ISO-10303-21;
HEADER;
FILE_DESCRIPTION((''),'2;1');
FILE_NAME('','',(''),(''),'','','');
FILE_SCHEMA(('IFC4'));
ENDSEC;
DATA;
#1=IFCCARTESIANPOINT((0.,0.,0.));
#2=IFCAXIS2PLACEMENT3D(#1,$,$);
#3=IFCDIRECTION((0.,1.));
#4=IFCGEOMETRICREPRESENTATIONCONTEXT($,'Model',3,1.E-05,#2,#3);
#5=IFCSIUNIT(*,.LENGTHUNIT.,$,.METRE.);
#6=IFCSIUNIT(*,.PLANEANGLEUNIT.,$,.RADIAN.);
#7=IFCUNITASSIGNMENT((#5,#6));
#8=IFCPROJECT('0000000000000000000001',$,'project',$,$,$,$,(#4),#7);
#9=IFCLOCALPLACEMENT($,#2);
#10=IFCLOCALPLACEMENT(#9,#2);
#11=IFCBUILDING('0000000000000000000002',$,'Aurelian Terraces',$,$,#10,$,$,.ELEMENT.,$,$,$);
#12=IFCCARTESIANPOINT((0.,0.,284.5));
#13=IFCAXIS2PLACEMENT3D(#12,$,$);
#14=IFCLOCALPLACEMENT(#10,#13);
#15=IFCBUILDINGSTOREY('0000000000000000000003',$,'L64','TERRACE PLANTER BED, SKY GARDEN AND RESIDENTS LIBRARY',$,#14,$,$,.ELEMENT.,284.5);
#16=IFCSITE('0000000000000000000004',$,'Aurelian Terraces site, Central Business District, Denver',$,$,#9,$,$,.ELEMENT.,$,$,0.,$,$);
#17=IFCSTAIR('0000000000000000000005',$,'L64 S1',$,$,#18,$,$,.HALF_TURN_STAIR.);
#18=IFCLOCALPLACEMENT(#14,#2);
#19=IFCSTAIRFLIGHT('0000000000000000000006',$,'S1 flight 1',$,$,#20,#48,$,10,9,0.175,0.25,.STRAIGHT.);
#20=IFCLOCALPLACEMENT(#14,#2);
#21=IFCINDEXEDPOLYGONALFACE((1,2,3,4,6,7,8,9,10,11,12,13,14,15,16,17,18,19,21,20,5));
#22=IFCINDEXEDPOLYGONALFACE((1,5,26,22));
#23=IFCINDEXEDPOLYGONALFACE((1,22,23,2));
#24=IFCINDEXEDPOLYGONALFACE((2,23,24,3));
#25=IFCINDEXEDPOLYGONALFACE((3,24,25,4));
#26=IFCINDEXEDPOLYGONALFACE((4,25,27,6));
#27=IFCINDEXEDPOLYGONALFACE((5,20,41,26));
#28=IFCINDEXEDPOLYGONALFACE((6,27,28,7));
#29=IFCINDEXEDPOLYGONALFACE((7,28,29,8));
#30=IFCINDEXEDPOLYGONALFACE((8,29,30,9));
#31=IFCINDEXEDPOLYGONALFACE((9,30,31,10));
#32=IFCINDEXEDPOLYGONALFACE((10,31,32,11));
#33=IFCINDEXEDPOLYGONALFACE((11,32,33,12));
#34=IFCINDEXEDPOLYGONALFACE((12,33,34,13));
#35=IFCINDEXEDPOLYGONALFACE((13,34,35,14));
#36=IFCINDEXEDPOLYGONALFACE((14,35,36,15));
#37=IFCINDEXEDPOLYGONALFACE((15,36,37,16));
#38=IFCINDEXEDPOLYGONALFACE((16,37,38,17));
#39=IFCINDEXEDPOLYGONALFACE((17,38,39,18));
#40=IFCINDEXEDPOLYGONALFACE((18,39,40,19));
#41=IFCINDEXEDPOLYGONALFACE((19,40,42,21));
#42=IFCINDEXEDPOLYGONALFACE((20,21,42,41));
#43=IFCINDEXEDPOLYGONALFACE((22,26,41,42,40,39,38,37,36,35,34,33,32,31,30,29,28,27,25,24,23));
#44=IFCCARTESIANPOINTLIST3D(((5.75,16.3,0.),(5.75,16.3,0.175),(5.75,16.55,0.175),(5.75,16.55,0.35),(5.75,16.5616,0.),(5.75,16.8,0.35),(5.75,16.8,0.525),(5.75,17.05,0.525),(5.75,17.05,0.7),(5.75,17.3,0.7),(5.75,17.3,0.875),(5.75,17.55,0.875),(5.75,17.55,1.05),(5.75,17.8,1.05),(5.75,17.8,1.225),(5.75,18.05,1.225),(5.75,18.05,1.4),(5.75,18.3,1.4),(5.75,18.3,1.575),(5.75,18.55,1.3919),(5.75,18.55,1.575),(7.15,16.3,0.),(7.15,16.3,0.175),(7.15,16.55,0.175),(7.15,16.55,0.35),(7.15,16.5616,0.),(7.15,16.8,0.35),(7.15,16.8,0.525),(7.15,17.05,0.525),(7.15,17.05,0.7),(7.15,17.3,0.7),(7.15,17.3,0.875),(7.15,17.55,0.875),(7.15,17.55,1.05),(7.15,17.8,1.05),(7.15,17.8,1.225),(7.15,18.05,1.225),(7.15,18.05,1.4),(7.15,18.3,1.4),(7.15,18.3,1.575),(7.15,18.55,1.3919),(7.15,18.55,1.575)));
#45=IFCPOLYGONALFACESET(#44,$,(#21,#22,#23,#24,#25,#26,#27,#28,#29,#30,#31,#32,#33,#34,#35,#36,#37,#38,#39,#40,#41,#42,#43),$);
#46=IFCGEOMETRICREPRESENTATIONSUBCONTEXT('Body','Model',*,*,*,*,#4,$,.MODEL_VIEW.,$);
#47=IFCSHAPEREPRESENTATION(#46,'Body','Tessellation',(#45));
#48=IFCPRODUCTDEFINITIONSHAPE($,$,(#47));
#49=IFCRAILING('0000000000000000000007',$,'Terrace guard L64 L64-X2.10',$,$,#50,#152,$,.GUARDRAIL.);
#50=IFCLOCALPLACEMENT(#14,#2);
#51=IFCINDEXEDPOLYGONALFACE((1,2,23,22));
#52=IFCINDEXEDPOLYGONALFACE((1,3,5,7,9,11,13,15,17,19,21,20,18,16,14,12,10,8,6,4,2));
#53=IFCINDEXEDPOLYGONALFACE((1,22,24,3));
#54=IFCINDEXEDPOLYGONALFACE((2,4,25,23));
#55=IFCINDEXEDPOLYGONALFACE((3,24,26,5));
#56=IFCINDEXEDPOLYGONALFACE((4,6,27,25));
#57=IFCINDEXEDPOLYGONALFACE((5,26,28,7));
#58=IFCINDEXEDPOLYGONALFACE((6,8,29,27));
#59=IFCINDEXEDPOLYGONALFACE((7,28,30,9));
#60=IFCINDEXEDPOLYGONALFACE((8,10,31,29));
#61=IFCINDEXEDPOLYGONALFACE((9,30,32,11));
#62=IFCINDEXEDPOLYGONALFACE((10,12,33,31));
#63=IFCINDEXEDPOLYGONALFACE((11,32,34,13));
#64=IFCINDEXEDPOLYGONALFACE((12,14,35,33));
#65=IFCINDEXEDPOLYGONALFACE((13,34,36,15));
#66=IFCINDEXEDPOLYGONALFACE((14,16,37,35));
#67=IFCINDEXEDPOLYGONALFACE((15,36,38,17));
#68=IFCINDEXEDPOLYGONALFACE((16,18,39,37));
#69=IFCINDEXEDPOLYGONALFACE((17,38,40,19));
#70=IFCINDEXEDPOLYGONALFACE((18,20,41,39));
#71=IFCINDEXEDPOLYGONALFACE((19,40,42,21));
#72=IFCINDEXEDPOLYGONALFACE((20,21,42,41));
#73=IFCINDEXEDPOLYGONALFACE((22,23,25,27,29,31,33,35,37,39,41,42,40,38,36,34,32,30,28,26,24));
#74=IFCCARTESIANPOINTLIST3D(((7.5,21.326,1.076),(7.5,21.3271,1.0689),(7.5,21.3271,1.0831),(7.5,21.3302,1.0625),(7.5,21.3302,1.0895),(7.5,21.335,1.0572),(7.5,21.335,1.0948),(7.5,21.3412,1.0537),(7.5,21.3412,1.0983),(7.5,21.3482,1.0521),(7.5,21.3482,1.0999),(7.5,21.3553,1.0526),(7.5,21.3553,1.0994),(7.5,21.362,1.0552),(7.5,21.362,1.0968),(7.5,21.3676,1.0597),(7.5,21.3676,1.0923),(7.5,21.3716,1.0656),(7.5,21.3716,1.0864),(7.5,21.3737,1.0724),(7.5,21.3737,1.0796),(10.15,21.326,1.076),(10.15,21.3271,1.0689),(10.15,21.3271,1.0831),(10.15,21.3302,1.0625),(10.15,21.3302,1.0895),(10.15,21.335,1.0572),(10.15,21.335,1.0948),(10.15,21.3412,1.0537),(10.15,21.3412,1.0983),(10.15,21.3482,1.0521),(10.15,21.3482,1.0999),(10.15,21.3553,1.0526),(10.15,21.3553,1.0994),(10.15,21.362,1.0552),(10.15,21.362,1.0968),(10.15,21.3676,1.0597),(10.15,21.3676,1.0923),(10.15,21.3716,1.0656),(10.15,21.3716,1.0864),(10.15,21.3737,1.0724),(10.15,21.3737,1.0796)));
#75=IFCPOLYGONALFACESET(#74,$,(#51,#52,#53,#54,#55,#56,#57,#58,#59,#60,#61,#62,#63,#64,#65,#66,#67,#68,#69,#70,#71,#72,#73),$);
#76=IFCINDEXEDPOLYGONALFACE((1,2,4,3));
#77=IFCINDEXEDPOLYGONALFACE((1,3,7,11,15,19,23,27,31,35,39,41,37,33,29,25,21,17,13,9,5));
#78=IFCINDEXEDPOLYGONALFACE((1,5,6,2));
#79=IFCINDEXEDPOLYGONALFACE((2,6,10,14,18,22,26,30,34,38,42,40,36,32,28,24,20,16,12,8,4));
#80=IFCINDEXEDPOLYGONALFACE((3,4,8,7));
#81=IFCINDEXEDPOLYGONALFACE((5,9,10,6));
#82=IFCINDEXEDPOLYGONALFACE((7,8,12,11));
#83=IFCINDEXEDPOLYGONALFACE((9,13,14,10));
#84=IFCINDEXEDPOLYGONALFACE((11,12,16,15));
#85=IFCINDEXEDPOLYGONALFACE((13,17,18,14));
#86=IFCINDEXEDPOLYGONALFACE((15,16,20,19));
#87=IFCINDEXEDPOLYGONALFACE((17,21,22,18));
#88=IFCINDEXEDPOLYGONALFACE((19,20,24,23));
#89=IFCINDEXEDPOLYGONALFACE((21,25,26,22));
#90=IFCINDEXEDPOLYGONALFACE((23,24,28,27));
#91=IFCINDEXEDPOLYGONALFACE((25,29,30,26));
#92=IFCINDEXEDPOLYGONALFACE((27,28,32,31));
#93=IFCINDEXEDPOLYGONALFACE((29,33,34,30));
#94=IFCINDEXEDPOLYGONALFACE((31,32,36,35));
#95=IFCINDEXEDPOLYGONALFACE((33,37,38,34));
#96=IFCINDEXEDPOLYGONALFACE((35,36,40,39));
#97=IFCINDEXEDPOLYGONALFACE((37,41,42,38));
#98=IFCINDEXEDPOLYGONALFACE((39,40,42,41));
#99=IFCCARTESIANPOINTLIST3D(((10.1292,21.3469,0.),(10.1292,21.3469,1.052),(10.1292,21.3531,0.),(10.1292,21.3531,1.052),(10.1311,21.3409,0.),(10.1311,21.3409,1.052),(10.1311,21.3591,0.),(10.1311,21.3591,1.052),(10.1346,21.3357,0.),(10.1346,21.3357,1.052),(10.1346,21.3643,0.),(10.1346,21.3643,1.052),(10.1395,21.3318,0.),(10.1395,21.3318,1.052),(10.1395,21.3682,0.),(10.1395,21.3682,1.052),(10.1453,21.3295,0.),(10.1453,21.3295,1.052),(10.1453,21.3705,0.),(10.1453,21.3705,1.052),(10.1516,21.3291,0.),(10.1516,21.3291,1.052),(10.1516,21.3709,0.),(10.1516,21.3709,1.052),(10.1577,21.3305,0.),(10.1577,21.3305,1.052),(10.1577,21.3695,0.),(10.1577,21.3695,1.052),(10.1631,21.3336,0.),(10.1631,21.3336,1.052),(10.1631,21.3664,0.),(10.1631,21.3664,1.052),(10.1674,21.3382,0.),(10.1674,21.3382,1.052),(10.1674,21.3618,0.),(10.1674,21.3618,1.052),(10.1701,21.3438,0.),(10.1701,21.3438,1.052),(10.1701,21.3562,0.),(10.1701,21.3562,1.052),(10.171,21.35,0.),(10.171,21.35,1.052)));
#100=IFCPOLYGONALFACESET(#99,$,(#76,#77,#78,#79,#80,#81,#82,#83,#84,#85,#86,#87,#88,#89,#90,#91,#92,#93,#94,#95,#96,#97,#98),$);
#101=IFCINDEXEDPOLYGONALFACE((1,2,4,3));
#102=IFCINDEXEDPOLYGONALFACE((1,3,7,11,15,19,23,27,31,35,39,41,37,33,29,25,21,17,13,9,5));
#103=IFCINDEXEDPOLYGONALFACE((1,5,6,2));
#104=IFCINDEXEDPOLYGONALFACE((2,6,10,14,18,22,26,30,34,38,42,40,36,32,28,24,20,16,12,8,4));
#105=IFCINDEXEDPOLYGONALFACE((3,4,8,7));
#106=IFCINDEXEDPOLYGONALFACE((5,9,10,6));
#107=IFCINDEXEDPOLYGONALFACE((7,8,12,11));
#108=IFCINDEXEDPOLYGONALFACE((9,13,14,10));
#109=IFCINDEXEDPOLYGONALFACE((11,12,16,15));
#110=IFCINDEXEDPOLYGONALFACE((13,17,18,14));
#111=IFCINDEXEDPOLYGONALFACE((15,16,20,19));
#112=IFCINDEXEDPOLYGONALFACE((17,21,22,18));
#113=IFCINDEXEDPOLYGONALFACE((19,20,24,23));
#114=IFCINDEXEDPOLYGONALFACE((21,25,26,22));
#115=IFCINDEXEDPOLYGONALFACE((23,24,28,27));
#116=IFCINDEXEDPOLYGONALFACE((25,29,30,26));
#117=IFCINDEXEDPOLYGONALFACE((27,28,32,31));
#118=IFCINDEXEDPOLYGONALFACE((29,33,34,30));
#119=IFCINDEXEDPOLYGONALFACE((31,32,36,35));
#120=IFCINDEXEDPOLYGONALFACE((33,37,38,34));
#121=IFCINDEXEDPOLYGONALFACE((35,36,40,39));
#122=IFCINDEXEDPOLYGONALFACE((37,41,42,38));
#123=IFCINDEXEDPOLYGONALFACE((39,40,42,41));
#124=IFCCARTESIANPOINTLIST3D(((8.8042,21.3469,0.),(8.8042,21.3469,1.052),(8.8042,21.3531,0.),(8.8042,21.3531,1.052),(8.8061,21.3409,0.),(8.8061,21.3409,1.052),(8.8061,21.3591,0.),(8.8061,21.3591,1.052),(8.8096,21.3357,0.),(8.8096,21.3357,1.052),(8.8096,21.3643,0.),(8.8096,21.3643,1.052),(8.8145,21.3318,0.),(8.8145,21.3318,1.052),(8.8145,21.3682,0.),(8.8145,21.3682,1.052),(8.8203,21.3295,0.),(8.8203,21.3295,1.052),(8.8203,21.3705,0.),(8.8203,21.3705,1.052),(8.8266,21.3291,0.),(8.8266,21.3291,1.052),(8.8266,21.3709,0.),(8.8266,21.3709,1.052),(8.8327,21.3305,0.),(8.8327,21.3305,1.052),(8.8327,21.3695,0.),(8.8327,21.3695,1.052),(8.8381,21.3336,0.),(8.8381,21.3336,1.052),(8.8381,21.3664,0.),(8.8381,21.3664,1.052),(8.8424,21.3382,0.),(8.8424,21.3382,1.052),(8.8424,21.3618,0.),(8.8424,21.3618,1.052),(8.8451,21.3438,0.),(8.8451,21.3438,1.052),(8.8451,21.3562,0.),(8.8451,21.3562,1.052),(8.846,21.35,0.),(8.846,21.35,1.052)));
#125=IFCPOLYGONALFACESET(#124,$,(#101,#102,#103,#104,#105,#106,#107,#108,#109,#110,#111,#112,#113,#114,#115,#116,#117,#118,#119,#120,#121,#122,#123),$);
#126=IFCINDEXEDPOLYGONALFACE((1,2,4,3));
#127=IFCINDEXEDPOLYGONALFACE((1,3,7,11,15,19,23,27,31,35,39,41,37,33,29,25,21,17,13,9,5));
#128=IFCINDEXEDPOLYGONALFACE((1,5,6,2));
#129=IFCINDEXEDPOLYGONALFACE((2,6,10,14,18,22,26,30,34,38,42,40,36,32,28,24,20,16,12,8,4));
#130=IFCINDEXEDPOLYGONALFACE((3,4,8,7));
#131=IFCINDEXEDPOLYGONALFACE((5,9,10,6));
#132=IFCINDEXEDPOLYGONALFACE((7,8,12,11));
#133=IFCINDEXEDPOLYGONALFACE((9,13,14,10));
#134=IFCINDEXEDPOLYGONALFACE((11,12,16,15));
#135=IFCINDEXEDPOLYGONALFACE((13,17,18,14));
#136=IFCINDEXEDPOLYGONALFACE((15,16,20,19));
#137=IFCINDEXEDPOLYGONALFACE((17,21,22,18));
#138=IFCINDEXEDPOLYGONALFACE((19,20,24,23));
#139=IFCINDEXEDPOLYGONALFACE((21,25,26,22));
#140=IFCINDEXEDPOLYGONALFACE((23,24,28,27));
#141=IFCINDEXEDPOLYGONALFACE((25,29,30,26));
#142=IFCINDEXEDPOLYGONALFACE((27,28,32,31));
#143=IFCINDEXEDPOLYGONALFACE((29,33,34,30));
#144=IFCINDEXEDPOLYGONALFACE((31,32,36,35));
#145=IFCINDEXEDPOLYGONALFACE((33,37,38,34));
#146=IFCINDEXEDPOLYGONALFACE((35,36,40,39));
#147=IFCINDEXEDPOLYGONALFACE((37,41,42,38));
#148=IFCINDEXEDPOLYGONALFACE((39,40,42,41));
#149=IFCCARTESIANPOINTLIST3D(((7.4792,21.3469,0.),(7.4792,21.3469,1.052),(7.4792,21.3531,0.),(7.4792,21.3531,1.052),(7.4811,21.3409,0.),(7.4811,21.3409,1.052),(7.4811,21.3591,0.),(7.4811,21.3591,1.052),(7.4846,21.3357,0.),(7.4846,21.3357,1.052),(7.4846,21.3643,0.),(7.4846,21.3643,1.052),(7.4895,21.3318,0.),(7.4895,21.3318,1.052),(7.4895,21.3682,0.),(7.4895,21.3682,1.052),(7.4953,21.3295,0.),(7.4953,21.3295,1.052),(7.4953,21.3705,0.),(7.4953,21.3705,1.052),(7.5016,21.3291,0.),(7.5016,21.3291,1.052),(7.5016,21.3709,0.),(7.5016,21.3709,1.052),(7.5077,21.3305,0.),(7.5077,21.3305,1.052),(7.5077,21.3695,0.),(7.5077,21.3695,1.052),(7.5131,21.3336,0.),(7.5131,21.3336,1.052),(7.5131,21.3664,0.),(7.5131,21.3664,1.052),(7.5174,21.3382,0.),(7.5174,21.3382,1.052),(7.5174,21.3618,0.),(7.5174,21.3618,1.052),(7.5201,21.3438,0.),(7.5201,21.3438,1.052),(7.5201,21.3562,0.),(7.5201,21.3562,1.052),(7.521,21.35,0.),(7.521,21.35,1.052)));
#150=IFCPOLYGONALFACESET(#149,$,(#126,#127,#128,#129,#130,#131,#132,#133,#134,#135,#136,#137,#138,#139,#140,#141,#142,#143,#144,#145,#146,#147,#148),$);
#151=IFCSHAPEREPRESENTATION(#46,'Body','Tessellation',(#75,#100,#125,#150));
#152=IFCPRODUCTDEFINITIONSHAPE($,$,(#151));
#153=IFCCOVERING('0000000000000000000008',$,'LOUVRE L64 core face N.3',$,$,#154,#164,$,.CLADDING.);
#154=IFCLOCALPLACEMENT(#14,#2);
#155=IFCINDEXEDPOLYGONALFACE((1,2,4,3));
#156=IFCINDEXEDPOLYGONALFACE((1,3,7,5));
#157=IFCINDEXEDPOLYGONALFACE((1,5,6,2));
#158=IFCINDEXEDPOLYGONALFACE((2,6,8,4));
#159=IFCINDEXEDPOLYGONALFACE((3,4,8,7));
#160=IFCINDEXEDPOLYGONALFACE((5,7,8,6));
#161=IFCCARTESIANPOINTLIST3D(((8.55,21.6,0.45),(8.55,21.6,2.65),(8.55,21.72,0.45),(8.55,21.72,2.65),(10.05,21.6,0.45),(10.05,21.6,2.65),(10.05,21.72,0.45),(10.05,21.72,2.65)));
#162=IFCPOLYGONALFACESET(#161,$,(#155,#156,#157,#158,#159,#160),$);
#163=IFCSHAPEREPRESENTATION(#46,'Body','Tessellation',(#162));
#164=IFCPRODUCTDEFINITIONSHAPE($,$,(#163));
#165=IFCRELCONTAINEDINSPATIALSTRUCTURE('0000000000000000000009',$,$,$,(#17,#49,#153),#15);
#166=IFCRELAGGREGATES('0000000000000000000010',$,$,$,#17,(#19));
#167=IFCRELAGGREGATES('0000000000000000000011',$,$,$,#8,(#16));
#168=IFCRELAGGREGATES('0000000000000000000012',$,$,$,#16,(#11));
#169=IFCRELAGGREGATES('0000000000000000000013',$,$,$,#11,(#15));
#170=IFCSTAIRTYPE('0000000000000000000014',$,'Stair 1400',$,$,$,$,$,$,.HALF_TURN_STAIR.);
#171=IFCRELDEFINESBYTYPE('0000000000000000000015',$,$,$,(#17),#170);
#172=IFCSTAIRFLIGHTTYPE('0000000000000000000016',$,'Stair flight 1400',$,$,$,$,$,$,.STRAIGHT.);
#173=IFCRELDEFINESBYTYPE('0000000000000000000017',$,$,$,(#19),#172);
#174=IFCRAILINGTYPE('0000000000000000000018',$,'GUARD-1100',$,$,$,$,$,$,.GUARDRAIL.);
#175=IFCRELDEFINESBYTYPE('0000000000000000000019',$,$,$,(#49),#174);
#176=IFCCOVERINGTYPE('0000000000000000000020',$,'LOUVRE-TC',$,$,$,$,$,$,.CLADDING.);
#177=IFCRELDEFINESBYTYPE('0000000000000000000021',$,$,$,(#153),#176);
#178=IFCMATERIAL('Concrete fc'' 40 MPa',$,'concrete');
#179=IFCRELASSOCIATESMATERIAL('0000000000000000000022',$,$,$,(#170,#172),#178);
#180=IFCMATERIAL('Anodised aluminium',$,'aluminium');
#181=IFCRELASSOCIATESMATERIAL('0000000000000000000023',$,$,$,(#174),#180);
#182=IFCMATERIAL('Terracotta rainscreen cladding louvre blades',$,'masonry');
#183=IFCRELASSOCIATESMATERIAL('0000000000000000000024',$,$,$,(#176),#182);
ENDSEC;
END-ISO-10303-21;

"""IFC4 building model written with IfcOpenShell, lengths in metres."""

from ifc_helpers import new_model, si_unit, direction, frame, origin, origin_2d, place, context, subcontext, project, spatial, polyline, rectangle, circle, outline, extrude, material, type_object, element, aggregate, save


model = new_model("IFC4")

# Units and contexts
model_context = context("Model", 3, precision=1e-05, world=origin(), true_north=direction((0.0, 1.0)))
body_context = subcontext(model_context, "Body", "Model", "MODEL_VIEW")
ifc_project = project(units=[si_unit("LENGTHUNIT", "METRE"), si_unit("PLANEANGLEUNIT", "RADIAN")], contexts=[model_context])

# Site, building, storey
site_placement = place(None, origin())
site = spatial("IfcSite", under=ifc_project, at=site_placement, Name="Aurelian Terraces site, Central Business District, Denver", CompositionType="ELEMENT", RefElevation=0.0)
building_placement = place(site_placement, origin())
building = spatial("IfcBuilding", under=site, at=building_placement, Name="Aurelian Terraces", CompositionType="ELEMENT")
storey_placement = place(building_placement, frame((0.0, 0.0, 284.5)))
storey = spatial("IfcBuildingStorey", under=building, at=storey_placement, Name="L64", Description="TERRACE PLANTER BED, SKY GARDEN AND RESIDENTS LIBRARY", CompositionType="ELEMENT", Elevation=284.5)

# Shared definitions
ifc_material_1 = material(Name="Concrete fc' 40 MPa", Category="concrete")

# Stair, stair flight
stair_type = type_object("IfcStairType", Name="Stair 1400", PredefinedType="HALF_TURN_STAIR", material=ifc_material_1)
stair_placement = place(storey_placement, origin())
stair = element("IfcStair", 1, at=stair_placement, inside=storey, type_object=stair_type, Name="L64 S1", PredefinedType="HALF_TURN_STAIR")
stair_flight_type = type_object("IfcStairFlightType", Name="Stair flight 1400", PredefinedType="STRAIGHT", material=ifc_material_1)
stair_flight_placement = place(storey_placement, frame((6.45, 16.3, 0.0), z_axis=(0.0, 0.0, 1.0), x_axis=(0.0, 1.0, 0.0)))
stair_flight = element("IfcStairFlight", 2, at=stair_flight_placement, type_object=stair_flight_type, Name="S1 flight 1", NumberOfRisers=10, NumberOfTreads=9, PredefinedType="STRAIGHT", RiserHeight=0.175, TreadLength=0.25, context=body_context, shape_type="SweptSolid", body=[
    extrude(outline(polyline([(0.0, 0.0), (0.0, 0.175), (0.25, 0.175), (0.25, 0.35), (0.5, 0.35), (0.5, 0.525), (0.75, 0.525), (0.75, 0.7), (1.0, 0.7), (1.0, 0.875), (1.25, 0.875), (1.25, 1.05), (1.5, 1.05), (1.5, 1.225), (1.75, 1.225), (1.75, 1.4), (2.0, 1.4), (2.0, 1.575), (2.25, 1.575), (2.25, 1.75), (2.25, 1.3919), (0.2616, 0.0), (0.0, 0.0)])), frame((0.0, 0.7, 0.0), z_axis=(0.0, -1.0, 0.0), x_axis=(1.0, 0.0, 0.0)), (0.0, 0.0, 1.0), 1.4),
])
aggregate(stair, [stair_flight])

# Railing
ifc_material_2 = material(Name="Anodised aluminium", Category="aluminium")
railing_type_1 = type_object("IfcRailingType", Name="GUARD-1100", PredefinedType="GUARDRAIL", material=ifc_material_2)
railing_1_placement = place(storey_placement, frame((10.15, 21.35, 0.0)))
element("IfcRailing", 3, at=railing_1_placement, inside=storey, type_object=railing_type_1, Name="Terrace guard L64 L64-X2.10", PredefinedType="GUARDRAIL", context=body_context, shape_type="SweptSolid", body=[
    extrude(circle(Radius=0.024, at=origin_2d()), frame((0.0, 0.0, 1.076), z_axis=(-1.0, 0.0, 0.0), x_axis=(0.0, -1.0, 0.0)), (0.0, 0.0, 1.0), 2.65),
    extrude(circle(Radius=0.021, at=origin_2d()), origin(), (0.0, 0.0, 1.0), 1.052),
    extrude(circle(Radius=0.021, at=origin_2d()), frame((-1.325, 0.0, 0.0)), (0.0, 0.0, 1.0), 1.052),
    extrude(circle(Radius=0.021, at=origin_2d()), frame((-2.65, 0.0, 0.0)), (0.0, 0.0, 1.0), 1.052),
])

# Covering
ifc_material_3 = material(Name="Terracotta rainscreen cladding louvre blades", Category="masonry")
covering_type = type_object("IfcCoveringType", Name="LOUVRE-TC", PredefinedType="CLADDING", material=ifc_material_3)
covering_1_placement = place(storey_placement, frame((9.3, 21.66, 0.45), z_axis=(0.0, 0.0, 1.0), x_axis=(1.0, 0.0, 0.0)))
element("IfcCovering", 4, at=covering_1_placement, inside=storey, type_object=covering_type, Name="LOUVRE L64 core face N.3", PredefinedType="CLADDING", context=body_context, shape_type="SweptSolid", body=[
    extrude(rectangle(XDim=1.5, YDim=0.12, at=origin_2d()), origin(), (0.0, 0.0, 1.0), 2.2),
])

save(model, "model.ifc")
